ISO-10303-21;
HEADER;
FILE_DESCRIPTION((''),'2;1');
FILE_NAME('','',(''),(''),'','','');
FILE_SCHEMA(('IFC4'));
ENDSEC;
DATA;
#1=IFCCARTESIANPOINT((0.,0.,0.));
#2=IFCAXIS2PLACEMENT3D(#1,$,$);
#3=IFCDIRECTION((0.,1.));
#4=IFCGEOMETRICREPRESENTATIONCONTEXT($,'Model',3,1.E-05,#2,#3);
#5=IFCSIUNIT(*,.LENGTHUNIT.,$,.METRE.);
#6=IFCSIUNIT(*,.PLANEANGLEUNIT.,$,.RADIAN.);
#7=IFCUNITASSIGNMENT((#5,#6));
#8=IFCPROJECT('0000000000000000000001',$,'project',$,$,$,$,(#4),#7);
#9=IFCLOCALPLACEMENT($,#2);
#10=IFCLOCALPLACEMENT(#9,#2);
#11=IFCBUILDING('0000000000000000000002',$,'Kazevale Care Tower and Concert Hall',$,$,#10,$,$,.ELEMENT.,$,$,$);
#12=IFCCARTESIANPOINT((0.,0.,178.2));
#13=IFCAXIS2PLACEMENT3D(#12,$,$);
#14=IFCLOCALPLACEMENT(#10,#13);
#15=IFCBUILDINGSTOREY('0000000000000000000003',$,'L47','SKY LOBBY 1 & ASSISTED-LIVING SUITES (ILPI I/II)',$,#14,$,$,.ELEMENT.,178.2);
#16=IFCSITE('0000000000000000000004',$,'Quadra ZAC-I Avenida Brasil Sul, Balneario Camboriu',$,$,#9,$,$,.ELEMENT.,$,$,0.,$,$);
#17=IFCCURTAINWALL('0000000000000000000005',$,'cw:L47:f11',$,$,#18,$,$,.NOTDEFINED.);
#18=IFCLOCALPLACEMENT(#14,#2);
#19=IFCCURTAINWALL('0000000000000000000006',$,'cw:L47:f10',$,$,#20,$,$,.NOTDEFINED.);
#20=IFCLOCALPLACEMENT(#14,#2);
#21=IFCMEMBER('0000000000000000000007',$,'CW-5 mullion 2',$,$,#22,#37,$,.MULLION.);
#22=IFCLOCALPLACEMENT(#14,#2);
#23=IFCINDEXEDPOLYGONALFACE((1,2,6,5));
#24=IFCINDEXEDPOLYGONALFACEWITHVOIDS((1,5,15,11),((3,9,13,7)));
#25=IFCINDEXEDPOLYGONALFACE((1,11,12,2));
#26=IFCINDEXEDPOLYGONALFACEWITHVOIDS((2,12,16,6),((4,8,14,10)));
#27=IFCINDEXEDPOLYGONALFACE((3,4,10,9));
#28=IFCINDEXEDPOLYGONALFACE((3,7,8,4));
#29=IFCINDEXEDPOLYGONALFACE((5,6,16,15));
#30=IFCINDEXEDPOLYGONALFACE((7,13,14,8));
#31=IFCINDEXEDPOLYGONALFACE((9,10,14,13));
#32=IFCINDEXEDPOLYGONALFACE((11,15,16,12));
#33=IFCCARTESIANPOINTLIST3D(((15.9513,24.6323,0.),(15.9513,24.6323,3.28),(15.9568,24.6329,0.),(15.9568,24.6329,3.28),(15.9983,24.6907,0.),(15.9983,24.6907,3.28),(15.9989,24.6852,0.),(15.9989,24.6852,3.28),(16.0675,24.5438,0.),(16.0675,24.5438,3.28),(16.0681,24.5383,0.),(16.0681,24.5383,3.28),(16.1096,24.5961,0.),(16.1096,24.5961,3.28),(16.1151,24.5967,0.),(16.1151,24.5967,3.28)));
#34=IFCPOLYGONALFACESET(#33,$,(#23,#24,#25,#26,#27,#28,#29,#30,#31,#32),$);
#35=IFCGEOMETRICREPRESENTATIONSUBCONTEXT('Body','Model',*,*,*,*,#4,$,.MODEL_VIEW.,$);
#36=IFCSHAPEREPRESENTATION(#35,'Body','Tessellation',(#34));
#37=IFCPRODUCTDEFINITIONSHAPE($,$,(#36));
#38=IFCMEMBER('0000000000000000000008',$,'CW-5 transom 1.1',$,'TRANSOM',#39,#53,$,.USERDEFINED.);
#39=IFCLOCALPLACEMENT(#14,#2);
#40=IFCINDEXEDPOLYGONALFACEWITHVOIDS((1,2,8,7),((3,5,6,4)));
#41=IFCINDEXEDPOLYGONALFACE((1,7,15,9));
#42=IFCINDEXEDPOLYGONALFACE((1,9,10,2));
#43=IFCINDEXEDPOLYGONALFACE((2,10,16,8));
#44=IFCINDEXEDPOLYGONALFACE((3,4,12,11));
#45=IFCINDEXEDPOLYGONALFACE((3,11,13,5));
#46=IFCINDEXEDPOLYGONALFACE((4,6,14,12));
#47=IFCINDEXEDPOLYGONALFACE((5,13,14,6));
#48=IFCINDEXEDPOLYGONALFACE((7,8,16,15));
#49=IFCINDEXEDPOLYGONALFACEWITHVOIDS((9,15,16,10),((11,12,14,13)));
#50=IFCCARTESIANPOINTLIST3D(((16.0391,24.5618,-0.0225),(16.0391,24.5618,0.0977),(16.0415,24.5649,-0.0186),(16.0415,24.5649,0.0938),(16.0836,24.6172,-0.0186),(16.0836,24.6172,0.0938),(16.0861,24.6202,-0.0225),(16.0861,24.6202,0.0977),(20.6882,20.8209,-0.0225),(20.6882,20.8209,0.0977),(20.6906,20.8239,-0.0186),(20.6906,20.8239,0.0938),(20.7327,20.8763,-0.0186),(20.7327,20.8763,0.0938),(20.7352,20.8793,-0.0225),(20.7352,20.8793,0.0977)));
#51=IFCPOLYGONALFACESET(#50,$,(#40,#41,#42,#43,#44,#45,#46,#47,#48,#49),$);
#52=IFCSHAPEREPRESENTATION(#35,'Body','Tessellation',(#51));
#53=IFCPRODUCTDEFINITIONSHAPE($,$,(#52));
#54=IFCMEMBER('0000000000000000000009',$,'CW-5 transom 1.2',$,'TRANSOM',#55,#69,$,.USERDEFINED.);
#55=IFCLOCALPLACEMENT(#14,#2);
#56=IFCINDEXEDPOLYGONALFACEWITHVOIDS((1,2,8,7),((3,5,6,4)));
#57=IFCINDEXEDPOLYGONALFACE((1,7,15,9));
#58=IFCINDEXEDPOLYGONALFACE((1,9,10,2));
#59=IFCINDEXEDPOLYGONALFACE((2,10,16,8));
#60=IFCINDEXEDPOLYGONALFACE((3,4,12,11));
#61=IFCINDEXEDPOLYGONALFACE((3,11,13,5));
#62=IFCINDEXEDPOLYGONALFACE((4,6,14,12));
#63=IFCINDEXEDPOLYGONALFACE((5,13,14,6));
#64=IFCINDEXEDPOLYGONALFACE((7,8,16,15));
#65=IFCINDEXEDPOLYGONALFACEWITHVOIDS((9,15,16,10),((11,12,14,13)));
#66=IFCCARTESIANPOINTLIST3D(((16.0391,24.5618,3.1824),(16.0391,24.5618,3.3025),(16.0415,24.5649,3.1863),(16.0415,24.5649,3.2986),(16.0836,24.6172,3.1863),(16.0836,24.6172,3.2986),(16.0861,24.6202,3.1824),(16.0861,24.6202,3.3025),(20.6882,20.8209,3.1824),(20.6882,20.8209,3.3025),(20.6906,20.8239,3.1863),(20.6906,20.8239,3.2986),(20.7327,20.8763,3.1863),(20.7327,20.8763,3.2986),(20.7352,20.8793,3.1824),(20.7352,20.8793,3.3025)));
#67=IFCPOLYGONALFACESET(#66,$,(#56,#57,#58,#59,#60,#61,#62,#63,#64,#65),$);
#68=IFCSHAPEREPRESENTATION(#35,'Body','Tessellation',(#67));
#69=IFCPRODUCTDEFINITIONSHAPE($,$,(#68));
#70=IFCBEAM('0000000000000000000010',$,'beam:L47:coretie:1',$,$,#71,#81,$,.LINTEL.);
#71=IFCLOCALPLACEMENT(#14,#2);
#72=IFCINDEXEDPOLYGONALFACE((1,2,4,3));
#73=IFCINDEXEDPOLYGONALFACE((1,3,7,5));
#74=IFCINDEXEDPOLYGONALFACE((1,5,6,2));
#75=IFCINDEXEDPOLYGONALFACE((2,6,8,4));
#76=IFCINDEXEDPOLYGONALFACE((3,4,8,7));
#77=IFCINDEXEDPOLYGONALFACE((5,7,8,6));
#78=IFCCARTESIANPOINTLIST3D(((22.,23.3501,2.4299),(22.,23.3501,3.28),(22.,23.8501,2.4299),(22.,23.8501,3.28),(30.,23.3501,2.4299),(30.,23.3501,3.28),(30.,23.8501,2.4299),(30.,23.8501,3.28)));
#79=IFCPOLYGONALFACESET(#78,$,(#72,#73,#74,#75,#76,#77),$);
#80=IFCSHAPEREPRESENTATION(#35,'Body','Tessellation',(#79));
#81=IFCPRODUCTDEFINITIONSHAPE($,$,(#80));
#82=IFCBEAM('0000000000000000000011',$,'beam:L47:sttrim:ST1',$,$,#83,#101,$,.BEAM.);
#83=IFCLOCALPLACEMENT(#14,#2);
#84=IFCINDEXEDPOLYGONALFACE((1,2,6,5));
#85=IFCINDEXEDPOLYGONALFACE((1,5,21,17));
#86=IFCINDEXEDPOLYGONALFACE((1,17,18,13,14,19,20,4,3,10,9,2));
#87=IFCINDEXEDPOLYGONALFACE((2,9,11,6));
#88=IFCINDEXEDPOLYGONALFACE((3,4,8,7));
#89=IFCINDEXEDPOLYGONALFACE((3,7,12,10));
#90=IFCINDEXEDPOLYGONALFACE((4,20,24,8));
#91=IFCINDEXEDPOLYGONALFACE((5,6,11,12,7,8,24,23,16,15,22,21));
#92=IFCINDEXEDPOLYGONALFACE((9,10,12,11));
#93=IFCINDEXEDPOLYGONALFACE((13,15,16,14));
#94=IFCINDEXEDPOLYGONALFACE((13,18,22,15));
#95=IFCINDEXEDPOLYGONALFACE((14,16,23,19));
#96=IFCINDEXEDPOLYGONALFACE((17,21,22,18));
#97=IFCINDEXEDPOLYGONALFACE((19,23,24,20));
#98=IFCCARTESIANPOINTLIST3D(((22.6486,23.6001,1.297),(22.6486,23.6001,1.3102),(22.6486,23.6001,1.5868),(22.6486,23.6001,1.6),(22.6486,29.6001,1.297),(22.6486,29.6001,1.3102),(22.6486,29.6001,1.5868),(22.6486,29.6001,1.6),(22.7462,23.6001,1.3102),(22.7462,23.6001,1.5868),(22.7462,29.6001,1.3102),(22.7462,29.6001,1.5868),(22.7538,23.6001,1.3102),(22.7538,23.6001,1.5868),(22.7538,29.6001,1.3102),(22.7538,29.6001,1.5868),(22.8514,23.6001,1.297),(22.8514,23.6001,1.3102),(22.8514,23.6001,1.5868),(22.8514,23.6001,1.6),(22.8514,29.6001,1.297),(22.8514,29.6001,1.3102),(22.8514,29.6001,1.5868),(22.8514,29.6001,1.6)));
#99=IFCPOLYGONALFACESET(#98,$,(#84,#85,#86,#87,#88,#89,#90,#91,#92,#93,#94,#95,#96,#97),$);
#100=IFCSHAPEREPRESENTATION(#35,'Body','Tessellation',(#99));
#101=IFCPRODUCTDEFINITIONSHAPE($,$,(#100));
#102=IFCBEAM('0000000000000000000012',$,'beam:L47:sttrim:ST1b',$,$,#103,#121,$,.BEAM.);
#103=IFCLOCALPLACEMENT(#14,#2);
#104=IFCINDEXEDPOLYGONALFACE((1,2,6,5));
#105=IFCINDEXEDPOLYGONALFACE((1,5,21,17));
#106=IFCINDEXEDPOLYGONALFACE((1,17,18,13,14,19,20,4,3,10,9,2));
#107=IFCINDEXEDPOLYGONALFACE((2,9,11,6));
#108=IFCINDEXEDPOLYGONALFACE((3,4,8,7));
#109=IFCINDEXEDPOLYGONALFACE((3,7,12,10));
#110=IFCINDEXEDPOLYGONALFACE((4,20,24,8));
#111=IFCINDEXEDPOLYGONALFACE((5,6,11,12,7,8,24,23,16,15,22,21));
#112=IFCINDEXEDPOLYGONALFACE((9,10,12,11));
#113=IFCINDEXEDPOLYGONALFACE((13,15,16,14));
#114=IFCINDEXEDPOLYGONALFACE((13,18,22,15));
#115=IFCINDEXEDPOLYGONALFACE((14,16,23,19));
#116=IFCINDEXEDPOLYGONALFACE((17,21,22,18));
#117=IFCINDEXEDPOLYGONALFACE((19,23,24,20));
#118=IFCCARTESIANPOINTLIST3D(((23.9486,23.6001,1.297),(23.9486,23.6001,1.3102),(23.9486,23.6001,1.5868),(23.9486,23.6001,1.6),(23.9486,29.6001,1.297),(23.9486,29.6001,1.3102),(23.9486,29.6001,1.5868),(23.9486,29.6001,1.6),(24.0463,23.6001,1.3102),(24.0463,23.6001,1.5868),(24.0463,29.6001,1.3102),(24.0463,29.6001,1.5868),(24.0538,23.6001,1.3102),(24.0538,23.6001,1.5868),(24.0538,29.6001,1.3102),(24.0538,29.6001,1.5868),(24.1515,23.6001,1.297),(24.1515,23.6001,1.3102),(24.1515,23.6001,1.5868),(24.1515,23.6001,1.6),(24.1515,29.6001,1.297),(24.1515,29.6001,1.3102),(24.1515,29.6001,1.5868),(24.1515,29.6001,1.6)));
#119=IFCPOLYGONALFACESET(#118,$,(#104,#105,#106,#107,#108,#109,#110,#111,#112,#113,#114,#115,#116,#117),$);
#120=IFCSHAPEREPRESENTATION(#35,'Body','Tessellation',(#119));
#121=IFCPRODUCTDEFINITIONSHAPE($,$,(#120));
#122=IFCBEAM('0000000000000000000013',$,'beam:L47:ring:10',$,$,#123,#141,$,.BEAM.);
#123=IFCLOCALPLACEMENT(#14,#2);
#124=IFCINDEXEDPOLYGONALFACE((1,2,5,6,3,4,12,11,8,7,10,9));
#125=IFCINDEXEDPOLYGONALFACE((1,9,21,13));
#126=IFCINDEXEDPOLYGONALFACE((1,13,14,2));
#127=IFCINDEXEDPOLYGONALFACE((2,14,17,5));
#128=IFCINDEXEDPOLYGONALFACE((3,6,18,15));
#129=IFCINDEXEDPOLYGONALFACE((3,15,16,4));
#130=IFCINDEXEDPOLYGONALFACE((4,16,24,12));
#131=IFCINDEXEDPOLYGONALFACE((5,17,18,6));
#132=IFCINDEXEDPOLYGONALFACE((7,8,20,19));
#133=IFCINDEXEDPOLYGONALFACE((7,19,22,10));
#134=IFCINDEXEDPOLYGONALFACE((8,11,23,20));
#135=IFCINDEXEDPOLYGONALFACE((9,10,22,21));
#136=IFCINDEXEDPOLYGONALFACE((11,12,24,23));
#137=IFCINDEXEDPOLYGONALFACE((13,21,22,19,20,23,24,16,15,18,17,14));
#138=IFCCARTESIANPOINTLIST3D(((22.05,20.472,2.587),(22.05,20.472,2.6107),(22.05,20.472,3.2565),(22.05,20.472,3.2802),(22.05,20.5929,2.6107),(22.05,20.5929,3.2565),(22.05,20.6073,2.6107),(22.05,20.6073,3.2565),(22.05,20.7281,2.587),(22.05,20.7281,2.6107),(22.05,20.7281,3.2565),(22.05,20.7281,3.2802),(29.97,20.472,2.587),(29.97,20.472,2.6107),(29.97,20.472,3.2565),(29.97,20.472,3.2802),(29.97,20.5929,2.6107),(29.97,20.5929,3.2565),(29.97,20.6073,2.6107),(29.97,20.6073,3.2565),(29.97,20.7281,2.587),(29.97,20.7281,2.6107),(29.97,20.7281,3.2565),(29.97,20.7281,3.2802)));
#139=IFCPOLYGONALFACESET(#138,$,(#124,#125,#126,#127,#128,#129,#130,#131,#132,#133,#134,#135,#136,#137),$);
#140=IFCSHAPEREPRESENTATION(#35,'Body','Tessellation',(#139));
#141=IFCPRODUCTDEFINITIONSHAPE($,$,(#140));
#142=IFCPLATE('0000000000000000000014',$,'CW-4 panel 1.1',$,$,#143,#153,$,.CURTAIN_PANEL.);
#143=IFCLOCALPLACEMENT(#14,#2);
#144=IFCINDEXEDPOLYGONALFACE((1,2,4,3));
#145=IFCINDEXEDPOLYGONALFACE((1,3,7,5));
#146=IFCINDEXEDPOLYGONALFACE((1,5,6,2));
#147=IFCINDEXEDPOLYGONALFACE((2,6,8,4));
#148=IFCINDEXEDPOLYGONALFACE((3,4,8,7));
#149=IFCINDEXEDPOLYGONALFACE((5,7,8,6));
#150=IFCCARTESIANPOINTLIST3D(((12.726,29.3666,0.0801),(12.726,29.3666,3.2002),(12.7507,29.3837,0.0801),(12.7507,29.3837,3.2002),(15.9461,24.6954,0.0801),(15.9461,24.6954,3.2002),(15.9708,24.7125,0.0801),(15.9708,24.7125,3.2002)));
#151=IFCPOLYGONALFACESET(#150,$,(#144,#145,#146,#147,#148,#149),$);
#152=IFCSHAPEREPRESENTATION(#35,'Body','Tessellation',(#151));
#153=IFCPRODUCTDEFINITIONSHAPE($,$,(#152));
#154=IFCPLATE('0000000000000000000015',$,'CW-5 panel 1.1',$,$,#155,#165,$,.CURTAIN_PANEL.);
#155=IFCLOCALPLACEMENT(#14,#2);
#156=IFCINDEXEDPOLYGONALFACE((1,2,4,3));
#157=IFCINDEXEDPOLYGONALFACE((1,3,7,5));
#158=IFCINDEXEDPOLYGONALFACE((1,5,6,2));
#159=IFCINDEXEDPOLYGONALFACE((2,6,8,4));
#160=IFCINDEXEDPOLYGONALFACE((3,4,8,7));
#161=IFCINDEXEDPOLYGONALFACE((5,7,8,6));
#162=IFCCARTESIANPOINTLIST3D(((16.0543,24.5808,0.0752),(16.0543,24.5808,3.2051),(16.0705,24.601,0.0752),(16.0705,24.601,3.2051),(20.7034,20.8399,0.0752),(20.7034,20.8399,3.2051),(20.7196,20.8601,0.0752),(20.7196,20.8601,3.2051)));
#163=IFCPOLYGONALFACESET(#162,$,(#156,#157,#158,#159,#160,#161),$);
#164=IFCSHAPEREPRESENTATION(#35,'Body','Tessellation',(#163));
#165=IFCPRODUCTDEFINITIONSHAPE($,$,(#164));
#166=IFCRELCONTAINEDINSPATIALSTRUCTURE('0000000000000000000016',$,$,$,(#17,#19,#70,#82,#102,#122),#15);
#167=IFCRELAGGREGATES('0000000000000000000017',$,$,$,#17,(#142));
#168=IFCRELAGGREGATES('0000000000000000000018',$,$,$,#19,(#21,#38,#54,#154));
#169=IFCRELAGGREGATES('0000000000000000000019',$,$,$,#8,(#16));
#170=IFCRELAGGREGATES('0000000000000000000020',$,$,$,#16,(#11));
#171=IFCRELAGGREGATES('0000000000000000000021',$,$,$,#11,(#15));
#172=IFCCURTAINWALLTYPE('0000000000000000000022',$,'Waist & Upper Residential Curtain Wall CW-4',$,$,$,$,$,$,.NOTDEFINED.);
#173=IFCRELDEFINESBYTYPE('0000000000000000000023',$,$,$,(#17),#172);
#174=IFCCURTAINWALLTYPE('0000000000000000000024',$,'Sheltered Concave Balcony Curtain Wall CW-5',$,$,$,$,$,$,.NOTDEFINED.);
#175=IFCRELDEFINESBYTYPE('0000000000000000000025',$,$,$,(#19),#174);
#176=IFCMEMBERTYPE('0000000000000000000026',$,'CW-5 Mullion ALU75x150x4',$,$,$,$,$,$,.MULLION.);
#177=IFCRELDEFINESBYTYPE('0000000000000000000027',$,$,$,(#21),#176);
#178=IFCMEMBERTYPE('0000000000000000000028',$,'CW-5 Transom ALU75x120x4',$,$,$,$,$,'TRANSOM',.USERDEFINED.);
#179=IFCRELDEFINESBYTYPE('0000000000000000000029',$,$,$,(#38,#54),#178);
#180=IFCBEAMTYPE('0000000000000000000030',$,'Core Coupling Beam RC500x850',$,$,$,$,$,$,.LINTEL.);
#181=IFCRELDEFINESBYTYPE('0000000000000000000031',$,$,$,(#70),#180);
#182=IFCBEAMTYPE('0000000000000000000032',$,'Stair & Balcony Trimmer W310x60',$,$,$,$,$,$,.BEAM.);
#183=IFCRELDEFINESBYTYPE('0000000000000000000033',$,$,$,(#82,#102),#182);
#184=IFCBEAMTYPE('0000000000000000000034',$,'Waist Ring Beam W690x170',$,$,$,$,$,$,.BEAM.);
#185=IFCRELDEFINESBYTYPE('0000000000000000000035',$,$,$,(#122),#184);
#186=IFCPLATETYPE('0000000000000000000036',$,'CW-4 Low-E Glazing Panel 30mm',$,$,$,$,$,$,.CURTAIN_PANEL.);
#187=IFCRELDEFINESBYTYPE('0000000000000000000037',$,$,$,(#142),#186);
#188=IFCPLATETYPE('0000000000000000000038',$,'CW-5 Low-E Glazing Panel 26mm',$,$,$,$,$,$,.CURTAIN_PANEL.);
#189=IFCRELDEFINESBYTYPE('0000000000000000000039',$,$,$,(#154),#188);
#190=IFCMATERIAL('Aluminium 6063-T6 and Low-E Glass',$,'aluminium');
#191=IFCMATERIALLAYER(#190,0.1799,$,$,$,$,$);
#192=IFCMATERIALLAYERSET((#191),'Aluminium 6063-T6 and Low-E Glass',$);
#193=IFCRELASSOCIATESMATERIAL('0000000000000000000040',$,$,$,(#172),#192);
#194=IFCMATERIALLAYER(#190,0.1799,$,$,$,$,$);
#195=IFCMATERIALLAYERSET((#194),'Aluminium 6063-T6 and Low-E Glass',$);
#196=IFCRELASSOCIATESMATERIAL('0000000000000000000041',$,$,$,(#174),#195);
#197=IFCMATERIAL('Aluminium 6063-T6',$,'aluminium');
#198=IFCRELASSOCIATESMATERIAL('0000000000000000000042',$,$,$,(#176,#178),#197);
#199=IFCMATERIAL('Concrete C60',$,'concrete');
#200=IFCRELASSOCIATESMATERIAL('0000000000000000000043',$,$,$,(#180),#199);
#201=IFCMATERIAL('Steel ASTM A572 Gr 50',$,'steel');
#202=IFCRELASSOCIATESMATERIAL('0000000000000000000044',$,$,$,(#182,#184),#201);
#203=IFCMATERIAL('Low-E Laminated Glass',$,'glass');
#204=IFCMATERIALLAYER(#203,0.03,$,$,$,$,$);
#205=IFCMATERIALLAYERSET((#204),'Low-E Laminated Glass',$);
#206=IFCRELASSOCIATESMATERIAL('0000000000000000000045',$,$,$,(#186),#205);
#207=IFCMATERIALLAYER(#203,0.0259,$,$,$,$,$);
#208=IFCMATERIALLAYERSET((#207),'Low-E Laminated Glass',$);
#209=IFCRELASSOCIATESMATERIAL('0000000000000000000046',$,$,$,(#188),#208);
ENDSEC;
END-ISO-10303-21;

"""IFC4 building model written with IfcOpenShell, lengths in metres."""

from ifc_helpers import new_model, si_unit, direction, frame, origin, origin_2d, place, context, subcontext, project, spatial, rectangle, hollow_rectangle, i_section, extrude, material, layer, layer_set, material_profile, profile_set, type_object, element, aggregate, save


model = new_model("IFC4")

# Units and contexts
model_context = context("Model", 3, precision=1e-05, world=origin(), true_north=direction((0.0, 1.0)))
body_context = subcontext(model_context, "Body", "Model", "MODEL_VIEW")
ifc_project = project(units=[si_unit("LENGTHUNIT", "METRE"), si_unit("PLANEANGLEUNIT", "RADIAN")], contexts=[model_context])

# Site, building, storey
site_placement = place(None, origin())
site = spatial("IfcSite", under=ifc_project, at=site_placement, Name="Quadra ZAC-I Avenida Brasil Sul, Balneario Camboriu", CompositionType="ELEMENT", RefElevation=0.0)
building_placement = place(site_placement, origin())
building = spatial("IfcBuilding", under=site, at=building_placement, Name="Kazevale Care Tower and Concert Hall", CompositionType="ELEMENT")
storey_placement = place(building_placement, frame((0.0, 0.0, 178.2)))
storey = spatial("IfcBuildingStorey", under=building, at=storey_placement, Name="L47", Description="SKY LOBBY 1 & ASSISTED-LIVING SUITES (ILPI I/II)", CompositionType="ELEMENT", Elevation=178.2)

# Shared definitions
ifc_material_1 = material(Name="Concrete C60", Category="concrete")

# Curtain wall
ifc_material_2 = material(Name="Aluminium 6063-T6 and Low-E Glass", Category="aluminium")
ifc_layer_1 = layer(ifc_material_2, 0.1799)
ifc_layer_set_1 = layer_set([ifc_layer_1], Name="Aluminium 6063-T6 and Low-E Glass")
curtain_wall_type_1 = type_object("IfcCurtainWallType", Name="Waist & Upper Residential Curtain Wall CW-4", PredefinedType="NOTDEFINED", material=ifc_layer_set_1)
curtain_wall_1_placement = place(storey_placement, origin())
curtain_wall_1 = element("IfcCurtainWall", 1, at=curtain_wall_1_placement, inside=storey, type_object=curtain_wall_type_1, Name="cw:L47:f11", PredefinedType="NOTDEFINED")
ifc_material_3 = material(Name="Aluminium 6063-T6", Category="aluminium")

# Curtain wall, members
ifc_layer_2 = layer(ifc_material_2, 0.1799)
ifc_layer_set_2 = layer_set([ifc_layer_2], Name="Aluminium 6063-T6 and Low-E Glass")
curtain_wall_type_2 = type_object("IfcCurtainWallType", Name="Sheltered Concave Balcony Curtain Wall CW-5", PredefinedType="NOTDEFINED", material=ifc_layer_set_2)
curtain_wall_2_placement = place(storey_placement, origin())
curtain_wall_2 = element("IfcCurtainWall", 2, at=curtain_wall_2_placement, inside=storey, type_object=curtain_wall_type_2, Name="cw:L47:f10", PredefinedType="NOTDEFINED")
ifc_material_profile_1 = material_profile(ifc_material_3, hollow_rectangle(XDim=0.075, YDim=0.1499, WallThickness=0.0039, at=origin_2d()), Name="ALU75x150x4")
ifc_profile_set_1 = profile_set([ifc_material_profile_1], Name="Aluminium 6063-T6")
member_type_1 = type_object("IfcMemberType", Name="CW-5 Mullion ALU75x150x4", PredefinedType="MULLION", material=ifc_profile_set_1)
member_1_placement = place(storey_placement, frame((16.0332, 24.6145, 0.0), z_axis=(0.0, 0.0, 1.0), x_axis=(-0.626905, -0.779095, 0.0)))
member_1 = element("IfcMember", 3, at=member_1_placement, type_object=member_type_1, Name="CW-5 mullion 2", PredefinedType="MULLION", context=body_context, shape_type="SweptSolid", body=[
    extrude(hollow_rectangle(XDim=0.075, YDim=0.1499, WallThickness=0.0039, at=origin_2d()), origin(), (0.0, 0.0, 1.0), 3.28),
])
ifc_material_profile_2 = material_profile(ifc_material_3, hollow_rectangle(XDim=0.075, YDim=0.1201, WallThickness=0.0039, at=origin_2d()), Name="ALU75x120x4")
ifc_profile_set_2 = profile_set([ifc_material_profile_2], Name="Aluminium 6063-T6")
member_type_2 = type_object("IfcMemberType", Name="CW-5 Transom ALU75x120x4", ElementType="TRANSOM", PredefinedType="USERDEFINED", material=ifc_profile_set_2)
member_2_placement = place(storey_placement, frame((20.7117, 20.8501, 0.0376), z_axis=(-0.779097, 0.626903, 0.0), x_axis=(-0.626903, -0.779097, 0.0)))
member_2 = element("IfcMember", 4, at=member_2_placement, type_object=member_type_2, Name="CW-5 transom 1.1", ObjectType="TRANSOM", PredefinedType="USERDEFINED", context=body_context, shape_type="SweptSolid", body=[
    extrude(hollow_rectangle(XDim=0.075, YDim=0.1201, WallThickness=0.0039, at=origin_2d()), origin(), (0.0, 0.0, 1.0), 5.9673),
])
member_3_placement = place(storey_placement, frame((20.7117, 20.8501, 3.2424), z_axis=(-0.779097, 0.626903, 0.0), x_axis=(-0.626903, -0.779097, 0.0)))
member_3 = element("IfcMember", 5, at=member_3_placement, type_object=member_type_2, Name="CW-5 transom 1.2", ObjectType="TRANSOM", PredefinedType="USERDEFINED", context=body_context, shape_type="SweptSolid", body=[
    extrude(hollow_rectangle(XDim=0.075, YDim=0.1201, WallThickness=0.0039, at=origin_2d()), origin(), (0.0, 0.0, 1.0), 5.9673),
])

# Beams
ifc_material_profile_3 = material_profile(ifc_material_1, rectangle(XDim=0.5, YDim=0.8501, at=origin_2d()), Name="RC-B500x850")
ifc_profile_set_3 = profile_set([ifc_material_profile_3], Name="Concrete C60")
beam_type_1 = type_object("IfcBeamType", Name="Core Coupling Beam RC500x850", PredefinedType="LINTEL", material=ifc_profile_set_3)
beam_1_placement = place(storey_placement, frame((22.0, 23.6001, 2.855), z_axis=(1.0, 0.0, 0.0), x_axis=(0.0, 1.0, 0.0)))
element("IfcBeam", 6, at=beam_1_placement, inside=storey, type_object=beam_type_1, Name="beam:L47:coretie:1", PredefinedType="LINTEL", context=body_context, shape_type="SweptSolid", body=[
    extrude(rectangle(XDim=0.5, YDim=0.8501, at=origin_2d()), origin(), (0.0, 0.0, 1.0), 8.0),
])
ifc_material_4 = material(Name="Steel ASTM A572 Gr 50", Category="steel")
ifc_material_profile_4 = material_profile(ifc_material_4, i_section(OverallWidth=0.2029, OverallDepth=0.303, WebThickness=0.0076, FlangeThickness=0.0132, at=origin_2d()), Name="W310x60")
ifc_profile_set_4 = profile_set([ifc_material_profile_4], Name="Steel ASTM A572 Gr 50")
beam_type_2 = type_object("IfcBeamType", Name="Stair & Balcony Trimmer W310x60", PredefinedType="BEAM", material=ifc_profile_set_4)
for number, where, z_axis, x_axis, name in (
    (7, (22.75, 23.6001, 1.4485), (0.0, 1.0, 0.0), (-1.0, 0.0, 0.0), "beam:L47:sttrim:ST1"),
    (8, (24.05, 23.6001, 1.4485), (0.0, 1.0, 0.0), (-1.0, 0.0, 0.0), "beam:L47:sttrim:ST1b"),
):
    element("IfcBeam", number, at=place(storey_placement, frame(where, z_axis=z_axis, x_axis=x_axis)), inside=storey, type_object=beam_type_2, Name=name, PredefinedType="BEAM", context=body_context, shape_type="SweptSolid", body=[
        extrude(i_section(OverallWidth=0.2029, OverallDepth=0.303, WebThickness=0.0076, FlangeThickness=0.0132, at=origin_2d()), origin(), (0.0, 0.0, 1.0), 6.0),
    ])
ifc_material_profile_5 = material_profile(ifc_material_4, i_section(OverallWidth=0.2561, OverallDepth=0.6931, WebThickness=0.0144, FlangeThickness=0.0237, at=origin_2d()), Name="W690x170")
ifc_profile_set_5 = profile_set([ifc_material_profile_5], Name="Steel ASTM A572 Gr 50")
beam_type_3 = type_object("IfcBeamType", Name="Waist Ring Beam W690x170", PredefinedType="BEAM", material=ifc_profile_set_5)
beam_2_placement = place(storey_placement, frame((22.05, 20.6001, 2.9336), z_axis=(1.0, 0.0, 0.0), x_axis=(0.0, 1.0, 0.0)))
element("IfcBeam", 9, at=beam_2_placement, inside=storey, type_object=beam_type_3, Name="beam:L47:ring:10", PredefinedType="BEAM", context=body_context, shape_type="SweptSolid", body=[
    extrude(i_section(OverallWidth=0.2561, OverallDepth=0.6931, WebThickness=0.0144, FlangeThickness=0.0237, at=origin_2d()), origin(), (0.0, 0.0, 1.0), 7.9199),
])

# Plates
ifc_material_5 = material(Name="Low-E Laminated Glass", Category="glass")
ifc_layer_3 = layer(ifc_material_5, 0.03)
ifc_layer_set_3 = layer_set([ifc_layer_3], Name="Low-E Laminated Glass")
plate_type_1 = type_object("IfcPlateType", Name="CW-4 Low-E Glazing Panel 30mm", PredefinedType="CURTAIN_PANEL", material=ifc_layer_set_3)
plate_1_placement = place(storey_placement, frame((14.3484, 27.0396, 0.0801), z_axis=(0.0, 0.0, 1.0), x_axis=(-0.567569, 0.823326, 0.0)))
plate_1 = element("IfcPlate", 10, at=plate_1_placement, type_object=plate_type_1, Name="CW-4 panel 1.1", PredefinedType="CURTAIN_PANEL", context=body_context, shape_type="SweptSolid", body=[
    extrude(rectangle(XDim=5.6736, YDim=0.03, at=origin_2d()), origin(), (0.0, 0.0, 1.0), 3.1201),
])
aggregate(curtain_wall_1, [plate_1])
ifc_layer_4 = layer(ifc_material_5, 0.0259)
ifc_layer_set_4 = layer_set([ifc_layer_4], Name="Low-E Laminated Glass")
plate_type_2 = type_object("IfcPlateType", Name="CW-5 Low-E Glazing Panel 26mm", PredefinedType="CURTAIN_PANEL", material=ifc_layer_set_4)
plate_2_placement = place(storey_placement, frame((18.387, 22.7205, 0.0752), z_axis=(0.0, 0.0, 1.0), x_axis=(-0.779095, 0.626905, 0.0)))
plate_2 = element("IfcPlate", 11, at=plate_2_placement, type_object=plate_type_2, Name="CW-5 panel 1.1", PredefinedType="CURTAIN_PANEL", context=body_context, shape_type="SweptSolid", body=[
    extrude(rectangle(XDim=5.9673, YDim=0.0259, at=origin_2d()), origin(), (0.0, 0.0, 1.0), 3.1299),
])
aggregate(curtain_wall_2, [member_1, member_2, member_3, plate_2])

save(model, "model.ifc")
